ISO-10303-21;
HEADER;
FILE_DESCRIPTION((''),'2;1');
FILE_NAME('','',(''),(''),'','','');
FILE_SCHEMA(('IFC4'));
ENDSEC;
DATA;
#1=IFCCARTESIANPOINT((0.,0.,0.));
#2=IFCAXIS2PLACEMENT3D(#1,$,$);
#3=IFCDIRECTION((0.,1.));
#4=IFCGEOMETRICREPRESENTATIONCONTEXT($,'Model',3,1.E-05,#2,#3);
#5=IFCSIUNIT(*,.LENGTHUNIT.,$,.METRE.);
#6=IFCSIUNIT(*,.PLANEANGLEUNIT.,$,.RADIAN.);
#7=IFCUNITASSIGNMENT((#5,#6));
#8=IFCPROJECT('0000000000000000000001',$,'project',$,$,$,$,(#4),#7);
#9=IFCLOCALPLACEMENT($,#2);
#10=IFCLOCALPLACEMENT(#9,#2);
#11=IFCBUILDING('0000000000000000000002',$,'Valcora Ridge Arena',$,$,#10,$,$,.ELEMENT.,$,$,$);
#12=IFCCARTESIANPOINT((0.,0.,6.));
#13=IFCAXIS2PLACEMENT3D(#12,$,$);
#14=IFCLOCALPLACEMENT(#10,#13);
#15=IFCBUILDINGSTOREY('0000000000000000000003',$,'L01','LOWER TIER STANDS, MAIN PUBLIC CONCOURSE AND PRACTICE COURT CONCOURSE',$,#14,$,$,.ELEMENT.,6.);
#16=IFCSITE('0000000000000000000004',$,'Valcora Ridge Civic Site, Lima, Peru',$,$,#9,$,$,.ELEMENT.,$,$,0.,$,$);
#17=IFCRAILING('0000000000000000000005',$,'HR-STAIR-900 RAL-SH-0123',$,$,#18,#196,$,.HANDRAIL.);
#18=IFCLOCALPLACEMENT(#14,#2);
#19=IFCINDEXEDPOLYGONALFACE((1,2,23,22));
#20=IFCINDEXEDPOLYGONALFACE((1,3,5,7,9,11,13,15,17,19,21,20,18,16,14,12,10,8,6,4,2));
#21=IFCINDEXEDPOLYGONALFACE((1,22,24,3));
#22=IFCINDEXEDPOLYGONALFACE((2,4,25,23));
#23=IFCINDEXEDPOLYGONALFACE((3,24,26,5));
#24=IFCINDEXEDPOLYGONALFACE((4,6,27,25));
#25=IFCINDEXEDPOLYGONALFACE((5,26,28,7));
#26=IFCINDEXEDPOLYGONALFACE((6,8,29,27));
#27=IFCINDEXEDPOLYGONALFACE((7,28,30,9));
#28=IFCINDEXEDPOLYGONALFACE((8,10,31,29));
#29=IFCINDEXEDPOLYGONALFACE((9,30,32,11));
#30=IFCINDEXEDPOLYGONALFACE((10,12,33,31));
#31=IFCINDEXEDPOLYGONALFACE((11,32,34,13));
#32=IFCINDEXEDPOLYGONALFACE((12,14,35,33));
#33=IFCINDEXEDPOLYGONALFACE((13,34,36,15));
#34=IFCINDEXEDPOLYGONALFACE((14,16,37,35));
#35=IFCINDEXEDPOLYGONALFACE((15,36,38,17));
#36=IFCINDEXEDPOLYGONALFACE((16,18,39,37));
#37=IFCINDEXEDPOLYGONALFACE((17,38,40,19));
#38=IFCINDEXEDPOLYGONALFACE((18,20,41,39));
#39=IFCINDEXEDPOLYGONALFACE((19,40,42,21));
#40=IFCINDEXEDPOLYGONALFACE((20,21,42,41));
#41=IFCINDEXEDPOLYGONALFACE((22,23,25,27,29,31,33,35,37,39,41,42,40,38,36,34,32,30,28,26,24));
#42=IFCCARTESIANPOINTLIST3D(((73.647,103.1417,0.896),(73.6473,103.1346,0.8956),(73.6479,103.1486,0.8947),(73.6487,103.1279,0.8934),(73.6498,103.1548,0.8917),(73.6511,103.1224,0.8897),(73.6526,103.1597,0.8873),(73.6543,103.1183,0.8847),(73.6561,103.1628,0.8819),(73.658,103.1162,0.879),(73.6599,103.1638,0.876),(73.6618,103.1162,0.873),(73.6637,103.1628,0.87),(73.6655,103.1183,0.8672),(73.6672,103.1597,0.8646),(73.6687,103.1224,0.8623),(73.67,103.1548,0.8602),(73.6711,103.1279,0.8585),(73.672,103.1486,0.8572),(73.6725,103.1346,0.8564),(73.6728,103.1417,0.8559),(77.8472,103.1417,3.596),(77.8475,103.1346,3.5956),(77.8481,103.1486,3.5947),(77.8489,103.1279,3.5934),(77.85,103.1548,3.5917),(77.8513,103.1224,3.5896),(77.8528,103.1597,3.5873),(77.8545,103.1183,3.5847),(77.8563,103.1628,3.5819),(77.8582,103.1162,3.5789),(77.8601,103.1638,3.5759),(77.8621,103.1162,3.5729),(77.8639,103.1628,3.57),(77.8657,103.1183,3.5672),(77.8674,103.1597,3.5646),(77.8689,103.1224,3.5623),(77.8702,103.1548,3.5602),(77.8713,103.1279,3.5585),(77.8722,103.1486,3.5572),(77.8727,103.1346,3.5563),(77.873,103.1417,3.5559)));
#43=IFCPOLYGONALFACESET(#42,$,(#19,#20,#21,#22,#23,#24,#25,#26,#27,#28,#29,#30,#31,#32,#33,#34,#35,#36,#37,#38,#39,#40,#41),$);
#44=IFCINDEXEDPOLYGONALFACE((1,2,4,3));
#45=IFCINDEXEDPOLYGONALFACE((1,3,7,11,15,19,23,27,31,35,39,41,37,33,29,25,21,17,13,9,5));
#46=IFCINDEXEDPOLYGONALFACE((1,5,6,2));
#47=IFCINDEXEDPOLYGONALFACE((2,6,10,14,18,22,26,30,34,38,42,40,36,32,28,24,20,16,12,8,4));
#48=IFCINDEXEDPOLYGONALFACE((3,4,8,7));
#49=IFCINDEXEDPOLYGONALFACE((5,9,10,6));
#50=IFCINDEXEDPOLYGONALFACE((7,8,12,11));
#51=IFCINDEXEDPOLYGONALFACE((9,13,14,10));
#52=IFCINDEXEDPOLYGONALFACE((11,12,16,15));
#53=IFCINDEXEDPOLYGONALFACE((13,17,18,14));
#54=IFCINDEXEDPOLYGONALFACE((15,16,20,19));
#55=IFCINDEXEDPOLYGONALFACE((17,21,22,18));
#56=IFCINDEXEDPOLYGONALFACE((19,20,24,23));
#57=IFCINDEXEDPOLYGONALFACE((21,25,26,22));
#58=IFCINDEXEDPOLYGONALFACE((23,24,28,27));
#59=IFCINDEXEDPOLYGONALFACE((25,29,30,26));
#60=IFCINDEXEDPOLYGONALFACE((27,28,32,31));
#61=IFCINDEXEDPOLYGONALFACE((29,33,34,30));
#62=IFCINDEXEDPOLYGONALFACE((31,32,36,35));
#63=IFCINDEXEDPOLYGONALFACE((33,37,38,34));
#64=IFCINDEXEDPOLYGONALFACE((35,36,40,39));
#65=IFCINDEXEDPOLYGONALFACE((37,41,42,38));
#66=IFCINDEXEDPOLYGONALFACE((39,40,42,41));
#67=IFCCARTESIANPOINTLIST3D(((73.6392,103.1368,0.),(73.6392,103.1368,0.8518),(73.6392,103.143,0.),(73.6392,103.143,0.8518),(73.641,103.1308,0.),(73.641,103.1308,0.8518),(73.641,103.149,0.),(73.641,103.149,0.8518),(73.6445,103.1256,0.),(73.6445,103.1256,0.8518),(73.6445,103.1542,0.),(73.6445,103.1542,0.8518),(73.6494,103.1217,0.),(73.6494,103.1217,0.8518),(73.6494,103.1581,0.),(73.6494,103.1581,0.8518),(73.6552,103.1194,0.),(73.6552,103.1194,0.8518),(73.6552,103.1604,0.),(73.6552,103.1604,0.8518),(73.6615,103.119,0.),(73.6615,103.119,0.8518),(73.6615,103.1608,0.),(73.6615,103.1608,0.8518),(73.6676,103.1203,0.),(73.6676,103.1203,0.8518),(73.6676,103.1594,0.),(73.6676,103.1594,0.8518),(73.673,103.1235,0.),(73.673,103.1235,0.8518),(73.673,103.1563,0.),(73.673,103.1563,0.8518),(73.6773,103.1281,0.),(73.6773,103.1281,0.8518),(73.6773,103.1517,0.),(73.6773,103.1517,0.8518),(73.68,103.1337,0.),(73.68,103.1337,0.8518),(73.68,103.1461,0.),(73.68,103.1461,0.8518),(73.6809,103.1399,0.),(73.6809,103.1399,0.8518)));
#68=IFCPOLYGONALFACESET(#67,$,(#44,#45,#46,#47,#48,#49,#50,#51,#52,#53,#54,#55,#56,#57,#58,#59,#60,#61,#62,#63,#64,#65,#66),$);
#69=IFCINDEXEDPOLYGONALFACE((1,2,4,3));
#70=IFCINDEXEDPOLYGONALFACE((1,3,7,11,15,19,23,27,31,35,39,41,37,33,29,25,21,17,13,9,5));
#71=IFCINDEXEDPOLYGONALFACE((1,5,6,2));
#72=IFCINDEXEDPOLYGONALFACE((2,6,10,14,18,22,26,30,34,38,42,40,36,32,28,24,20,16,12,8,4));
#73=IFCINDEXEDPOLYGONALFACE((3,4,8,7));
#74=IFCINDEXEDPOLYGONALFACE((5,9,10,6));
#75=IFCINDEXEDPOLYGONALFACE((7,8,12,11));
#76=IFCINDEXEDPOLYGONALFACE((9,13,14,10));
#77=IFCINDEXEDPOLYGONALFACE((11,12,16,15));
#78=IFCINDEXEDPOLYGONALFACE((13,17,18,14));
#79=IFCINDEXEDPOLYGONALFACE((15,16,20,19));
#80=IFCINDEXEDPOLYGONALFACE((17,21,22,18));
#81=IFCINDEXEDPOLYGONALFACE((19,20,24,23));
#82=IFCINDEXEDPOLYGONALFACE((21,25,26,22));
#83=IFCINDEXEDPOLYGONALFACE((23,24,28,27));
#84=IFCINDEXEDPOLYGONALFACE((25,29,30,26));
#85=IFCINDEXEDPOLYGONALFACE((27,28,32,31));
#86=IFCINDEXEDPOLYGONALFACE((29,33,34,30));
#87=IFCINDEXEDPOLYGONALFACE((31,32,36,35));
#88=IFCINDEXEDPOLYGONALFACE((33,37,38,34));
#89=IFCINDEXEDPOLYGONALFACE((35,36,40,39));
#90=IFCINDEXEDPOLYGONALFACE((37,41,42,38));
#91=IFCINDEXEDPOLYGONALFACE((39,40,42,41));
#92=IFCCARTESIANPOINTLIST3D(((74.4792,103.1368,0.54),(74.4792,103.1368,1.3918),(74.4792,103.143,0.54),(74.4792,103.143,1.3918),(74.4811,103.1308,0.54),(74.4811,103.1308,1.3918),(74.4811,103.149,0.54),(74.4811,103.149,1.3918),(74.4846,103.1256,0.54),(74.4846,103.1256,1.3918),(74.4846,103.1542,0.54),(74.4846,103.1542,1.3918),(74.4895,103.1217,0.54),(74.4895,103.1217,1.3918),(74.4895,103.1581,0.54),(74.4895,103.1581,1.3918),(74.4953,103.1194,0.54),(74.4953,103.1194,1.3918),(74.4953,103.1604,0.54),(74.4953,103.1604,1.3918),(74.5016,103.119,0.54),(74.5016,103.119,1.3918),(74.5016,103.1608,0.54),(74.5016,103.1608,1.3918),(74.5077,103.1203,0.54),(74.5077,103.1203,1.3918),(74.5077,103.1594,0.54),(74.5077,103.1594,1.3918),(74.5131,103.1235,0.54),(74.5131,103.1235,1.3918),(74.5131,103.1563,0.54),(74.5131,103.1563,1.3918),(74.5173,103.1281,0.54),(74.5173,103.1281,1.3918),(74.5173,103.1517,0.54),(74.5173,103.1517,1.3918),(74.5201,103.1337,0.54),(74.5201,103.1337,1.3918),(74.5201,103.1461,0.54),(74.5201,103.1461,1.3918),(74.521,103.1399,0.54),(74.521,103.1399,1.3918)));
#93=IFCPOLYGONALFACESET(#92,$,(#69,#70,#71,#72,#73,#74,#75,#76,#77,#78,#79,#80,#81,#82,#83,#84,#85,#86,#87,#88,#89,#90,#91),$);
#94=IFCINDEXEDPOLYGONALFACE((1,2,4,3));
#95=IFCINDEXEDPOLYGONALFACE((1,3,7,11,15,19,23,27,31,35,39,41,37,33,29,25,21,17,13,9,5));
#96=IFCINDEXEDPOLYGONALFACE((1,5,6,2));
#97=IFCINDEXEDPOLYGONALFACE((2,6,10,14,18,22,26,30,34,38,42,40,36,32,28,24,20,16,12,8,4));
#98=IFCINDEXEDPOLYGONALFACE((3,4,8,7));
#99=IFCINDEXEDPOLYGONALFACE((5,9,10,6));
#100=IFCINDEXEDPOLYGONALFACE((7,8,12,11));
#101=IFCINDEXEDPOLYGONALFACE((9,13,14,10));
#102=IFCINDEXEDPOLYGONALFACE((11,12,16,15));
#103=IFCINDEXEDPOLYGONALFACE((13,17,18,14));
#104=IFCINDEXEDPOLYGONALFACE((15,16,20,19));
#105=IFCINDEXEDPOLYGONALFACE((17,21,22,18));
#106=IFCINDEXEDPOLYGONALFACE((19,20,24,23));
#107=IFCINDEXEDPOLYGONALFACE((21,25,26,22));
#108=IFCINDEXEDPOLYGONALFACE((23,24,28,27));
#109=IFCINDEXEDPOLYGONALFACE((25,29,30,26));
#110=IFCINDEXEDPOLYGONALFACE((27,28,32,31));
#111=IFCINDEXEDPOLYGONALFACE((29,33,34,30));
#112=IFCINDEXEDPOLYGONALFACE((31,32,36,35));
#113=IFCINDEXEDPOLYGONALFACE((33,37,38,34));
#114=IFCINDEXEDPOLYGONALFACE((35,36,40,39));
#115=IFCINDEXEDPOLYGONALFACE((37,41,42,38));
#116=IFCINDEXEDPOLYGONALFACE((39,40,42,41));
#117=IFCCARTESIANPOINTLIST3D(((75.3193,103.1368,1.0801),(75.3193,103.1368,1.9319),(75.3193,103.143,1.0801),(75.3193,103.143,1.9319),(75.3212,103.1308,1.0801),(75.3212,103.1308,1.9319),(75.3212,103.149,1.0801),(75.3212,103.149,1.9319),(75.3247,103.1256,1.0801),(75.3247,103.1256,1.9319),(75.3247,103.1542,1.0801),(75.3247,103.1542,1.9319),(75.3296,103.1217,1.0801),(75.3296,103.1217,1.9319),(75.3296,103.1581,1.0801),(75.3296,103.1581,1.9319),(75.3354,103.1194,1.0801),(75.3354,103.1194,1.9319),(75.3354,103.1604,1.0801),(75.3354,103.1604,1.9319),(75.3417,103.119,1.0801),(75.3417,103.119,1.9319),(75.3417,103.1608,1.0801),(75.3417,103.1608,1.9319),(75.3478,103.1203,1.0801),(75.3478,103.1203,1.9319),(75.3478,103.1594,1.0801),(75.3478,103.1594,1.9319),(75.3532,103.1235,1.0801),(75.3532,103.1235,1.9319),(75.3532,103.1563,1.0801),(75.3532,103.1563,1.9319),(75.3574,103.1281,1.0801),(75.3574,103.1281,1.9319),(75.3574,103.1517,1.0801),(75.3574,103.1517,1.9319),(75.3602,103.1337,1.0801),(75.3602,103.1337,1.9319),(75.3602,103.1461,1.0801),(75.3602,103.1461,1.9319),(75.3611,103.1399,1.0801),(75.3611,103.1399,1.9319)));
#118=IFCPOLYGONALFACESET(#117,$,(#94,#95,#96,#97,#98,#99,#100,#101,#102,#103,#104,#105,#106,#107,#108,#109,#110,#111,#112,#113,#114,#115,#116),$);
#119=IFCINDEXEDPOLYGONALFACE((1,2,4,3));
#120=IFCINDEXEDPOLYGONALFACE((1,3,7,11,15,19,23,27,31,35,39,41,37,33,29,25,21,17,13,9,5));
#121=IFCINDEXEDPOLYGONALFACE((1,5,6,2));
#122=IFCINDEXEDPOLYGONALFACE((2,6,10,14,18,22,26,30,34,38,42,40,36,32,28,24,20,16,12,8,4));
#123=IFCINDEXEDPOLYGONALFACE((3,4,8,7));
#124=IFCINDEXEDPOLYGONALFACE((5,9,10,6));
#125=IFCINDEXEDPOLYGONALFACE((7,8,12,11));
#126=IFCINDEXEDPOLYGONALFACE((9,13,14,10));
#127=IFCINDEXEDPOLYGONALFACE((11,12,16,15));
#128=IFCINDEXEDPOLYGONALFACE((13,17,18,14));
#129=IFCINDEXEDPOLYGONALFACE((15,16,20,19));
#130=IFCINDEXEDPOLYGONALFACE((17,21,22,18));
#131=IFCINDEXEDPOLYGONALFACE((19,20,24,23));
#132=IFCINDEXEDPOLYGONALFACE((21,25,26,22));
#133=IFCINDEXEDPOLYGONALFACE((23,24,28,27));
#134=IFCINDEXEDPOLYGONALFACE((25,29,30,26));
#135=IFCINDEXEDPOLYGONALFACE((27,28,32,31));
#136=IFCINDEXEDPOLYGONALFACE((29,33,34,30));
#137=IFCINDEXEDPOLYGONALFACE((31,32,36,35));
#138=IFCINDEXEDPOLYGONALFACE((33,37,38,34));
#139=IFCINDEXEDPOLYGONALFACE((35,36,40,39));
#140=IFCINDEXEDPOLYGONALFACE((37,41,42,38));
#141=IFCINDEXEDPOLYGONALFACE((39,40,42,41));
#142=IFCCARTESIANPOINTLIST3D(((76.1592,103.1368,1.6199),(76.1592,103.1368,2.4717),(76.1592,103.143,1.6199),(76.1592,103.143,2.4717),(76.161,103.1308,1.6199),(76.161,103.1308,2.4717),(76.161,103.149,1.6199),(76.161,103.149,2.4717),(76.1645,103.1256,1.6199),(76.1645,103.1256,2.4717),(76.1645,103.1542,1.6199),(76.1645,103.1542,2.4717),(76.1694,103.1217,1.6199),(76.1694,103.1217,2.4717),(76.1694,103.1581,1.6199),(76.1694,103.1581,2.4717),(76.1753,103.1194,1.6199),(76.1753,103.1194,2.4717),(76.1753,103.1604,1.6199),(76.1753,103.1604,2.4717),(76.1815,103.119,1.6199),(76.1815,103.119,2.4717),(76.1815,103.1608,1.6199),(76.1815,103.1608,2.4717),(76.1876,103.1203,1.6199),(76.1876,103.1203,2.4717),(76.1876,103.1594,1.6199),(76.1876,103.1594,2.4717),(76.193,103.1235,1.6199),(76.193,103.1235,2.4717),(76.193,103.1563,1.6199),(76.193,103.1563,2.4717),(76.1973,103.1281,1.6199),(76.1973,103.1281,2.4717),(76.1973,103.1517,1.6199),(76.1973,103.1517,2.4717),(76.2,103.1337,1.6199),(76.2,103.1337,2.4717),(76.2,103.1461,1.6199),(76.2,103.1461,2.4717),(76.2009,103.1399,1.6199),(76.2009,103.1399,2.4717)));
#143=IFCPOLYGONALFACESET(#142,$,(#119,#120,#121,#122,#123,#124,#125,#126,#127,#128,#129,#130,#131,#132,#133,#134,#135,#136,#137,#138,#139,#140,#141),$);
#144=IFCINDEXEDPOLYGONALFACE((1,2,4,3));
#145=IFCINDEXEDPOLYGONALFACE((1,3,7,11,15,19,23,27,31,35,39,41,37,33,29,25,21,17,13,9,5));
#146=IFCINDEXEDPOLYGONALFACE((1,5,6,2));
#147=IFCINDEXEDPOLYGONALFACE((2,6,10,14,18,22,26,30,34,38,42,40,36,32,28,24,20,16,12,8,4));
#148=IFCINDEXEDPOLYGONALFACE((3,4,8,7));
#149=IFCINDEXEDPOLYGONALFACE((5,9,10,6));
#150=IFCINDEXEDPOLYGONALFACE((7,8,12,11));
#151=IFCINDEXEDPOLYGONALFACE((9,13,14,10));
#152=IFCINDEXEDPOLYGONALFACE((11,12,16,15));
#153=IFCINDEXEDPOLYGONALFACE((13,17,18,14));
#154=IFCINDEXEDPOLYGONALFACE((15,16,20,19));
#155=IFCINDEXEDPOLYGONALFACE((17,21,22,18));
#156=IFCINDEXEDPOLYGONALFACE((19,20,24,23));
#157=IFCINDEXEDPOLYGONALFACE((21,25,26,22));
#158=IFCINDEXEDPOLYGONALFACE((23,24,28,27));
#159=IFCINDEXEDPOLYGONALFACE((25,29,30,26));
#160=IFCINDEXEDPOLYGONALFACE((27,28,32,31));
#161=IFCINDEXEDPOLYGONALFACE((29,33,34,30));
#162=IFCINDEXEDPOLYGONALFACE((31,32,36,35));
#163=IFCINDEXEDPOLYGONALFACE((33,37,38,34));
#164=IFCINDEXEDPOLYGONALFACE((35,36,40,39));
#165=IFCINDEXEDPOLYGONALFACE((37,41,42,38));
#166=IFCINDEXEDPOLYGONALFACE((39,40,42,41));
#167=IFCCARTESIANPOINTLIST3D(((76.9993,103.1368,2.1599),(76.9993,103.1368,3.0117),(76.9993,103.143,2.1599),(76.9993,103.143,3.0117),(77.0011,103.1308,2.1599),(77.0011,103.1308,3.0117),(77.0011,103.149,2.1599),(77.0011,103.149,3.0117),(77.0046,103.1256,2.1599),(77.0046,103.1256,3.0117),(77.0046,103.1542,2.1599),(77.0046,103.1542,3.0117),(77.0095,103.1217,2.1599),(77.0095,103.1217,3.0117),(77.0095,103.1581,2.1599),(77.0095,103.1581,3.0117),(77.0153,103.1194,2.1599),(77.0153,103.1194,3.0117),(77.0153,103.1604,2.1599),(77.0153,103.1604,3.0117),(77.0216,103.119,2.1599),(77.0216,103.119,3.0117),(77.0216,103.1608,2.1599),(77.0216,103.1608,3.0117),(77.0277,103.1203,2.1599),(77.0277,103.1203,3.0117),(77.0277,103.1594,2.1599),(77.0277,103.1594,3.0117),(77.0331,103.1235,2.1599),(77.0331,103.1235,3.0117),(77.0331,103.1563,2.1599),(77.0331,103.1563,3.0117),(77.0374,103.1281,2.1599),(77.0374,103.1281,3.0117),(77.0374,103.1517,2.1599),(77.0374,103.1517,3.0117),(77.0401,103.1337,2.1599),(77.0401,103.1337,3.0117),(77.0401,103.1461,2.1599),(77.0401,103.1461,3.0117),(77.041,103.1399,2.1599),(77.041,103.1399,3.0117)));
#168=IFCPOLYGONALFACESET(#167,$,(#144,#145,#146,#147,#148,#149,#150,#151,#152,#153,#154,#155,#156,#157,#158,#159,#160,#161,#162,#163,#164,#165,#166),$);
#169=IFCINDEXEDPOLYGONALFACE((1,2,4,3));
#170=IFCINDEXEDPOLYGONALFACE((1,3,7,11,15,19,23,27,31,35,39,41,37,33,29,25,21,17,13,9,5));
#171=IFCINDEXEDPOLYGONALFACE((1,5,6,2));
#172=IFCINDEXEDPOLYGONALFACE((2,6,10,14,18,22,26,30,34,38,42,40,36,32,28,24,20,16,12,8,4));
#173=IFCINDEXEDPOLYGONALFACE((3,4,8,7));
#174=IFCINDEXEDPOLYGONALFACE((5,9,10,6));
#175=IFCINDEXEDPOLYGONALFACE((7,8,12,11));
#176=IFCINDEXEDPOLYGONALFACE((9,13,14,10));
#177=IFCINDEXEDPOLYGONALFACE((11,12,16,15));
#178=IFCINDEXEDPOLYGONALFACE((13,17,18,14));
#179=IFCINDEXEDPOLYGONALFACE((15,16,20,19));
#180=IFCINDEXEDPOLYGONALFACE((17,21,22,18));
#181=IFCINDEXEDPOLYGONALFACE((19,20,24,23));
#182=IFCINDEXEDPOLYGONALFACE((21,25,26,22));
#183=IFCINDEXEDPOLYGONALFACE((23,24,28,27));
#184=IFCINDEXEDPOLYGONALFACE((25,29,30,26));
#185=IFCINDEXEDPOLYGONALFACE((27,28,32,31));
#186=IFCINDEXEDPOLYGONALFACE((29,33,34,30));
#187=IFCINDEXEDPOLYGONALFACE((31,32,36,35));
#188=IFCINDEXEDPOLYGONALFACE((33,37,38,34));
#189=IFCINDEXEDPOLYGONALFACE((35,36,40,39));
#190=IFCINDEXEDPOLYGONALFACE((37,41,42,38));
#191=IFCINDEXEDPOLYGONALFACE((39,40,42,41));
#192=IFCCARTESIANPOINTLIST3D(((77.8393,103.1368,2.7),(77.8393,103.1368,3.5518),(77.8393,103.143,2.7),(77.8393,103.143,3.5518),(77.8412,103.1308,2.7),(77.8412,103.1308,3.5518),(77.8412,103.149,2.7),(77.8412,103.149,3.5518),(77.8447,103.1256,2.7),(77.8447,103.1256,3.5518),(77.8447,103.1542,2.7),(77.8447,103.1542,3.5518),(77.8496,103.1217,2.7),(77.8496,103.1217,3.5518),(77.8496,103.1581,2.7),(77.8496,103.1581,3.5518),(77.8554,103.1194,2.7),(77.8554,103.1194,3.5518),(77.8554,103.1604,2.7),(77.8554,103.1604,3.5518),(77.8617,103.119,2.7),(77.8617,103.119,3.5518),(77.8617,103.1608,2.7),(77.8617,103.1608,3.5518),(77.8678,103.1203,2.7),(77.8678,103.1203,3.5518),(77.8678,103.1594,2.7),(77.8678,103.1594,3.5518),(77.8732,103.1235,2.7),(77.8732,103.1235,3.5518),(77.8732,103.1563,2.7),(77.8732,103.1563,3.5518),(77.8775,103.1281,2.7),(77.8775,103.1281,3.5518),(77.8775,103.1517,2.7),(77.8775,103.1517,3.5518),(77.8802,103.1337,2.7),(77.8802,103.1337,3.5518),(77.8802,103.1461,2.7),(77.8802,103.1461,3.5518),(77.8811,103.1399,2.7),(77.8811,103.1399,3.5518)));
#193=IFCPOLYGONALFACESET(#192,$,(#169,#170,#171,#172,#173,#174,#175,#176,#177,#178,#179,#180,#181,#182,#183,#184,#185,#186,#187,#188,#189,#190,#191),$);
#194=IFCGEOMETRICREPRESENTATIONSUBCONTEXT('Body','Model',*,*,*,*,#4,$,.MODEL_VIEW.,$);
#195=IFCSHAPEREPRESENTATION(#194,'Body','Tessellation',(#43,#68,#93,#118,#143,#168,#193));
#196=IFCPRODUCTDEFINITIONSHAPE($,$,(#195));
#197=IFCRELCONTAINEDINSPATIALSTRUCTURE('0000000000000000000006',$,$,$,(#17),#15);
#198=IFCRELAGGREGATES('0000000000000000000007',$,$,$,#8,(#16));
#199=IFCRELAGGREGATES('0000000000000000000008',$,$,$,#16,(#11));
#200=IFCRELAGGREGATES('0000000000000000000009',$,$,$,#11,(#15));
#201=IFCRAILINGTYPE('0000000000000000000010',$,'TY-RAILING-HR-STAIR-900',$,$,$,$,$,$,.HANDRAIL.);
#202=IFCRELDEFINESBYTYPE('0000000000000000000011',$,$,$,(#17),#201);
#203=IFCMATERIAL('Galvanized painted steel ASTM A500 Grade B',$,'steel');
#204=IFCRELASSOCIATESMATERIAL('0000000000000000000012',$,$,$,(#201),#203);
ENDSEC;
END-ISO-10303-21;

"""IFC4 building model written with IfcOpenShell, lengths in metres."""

from ifc_helpers import new_model, si_unit, direction, frame, origin, origin_2d, place, context, subcontext, project, spatial, circle, extrude, material, type_object, element, save


model = new_model("IFC4")

# Units and contexts
model_context = context("Model", 3, precision=1e-05, world=origin(), true_north=direction((0.0, 1.0)))
body_context = subcontext(model_context, "Body", "Model", "MODEL_VIEW")
ifc_project = project(units=[si_unit("LENGTHUNIT", "METRE"), si_unit("PLANEANGLEUNIT", "RADIAN")], contexts=[model_context])

# Site, building, storey
site_placement = place(None, origin())
site = spatial("IfcSite", under=ifc_project, at=site_placement, Name="Valcora Ridge Civic Site, Lima, Peru", CompositionType="ELEMENT", RefElevation=0.0)
building_placement = place(site_placement, origin())
building = spatial("IfcBuilding", under=site, at=building_placement, Name="Valcora Ridge Arena", CompositionType="ELEMENT")
storey_placement = place(building_placement, frame((0.0, 0.0, 6.0)))
storey = spatial("IfcBuildingStorey", under=building, at=storey_placement, Name="L01", Description="LOWER TIER STANDS, MAIN PUBLIC CONCOURSE AND PRACTICE COURT CONCOURSE", CompositionType="ELEMENT", Elevation=6.0)

# Railing
ifc_material_1 = material(Name="Galvanized painted steel ASTM A500 Grade B", Category="steel")
railing_type_1 = type_object("IfcRailingType", Name="TY-RAILING-HR-STAIR-900", PredefinedType="HANDRAIL", material=ifc_material_1)
railing_1_placement = place(storey_placement, frame((73.6599, 103.1399, 0.0)))
element("IfcRailing", 1, at=railing_1_placement, inside=storey, type_object=railing_type_1, Name="HR-STAIR-900 RAL-SH-0123", PredefinedType="HANDRAIL", context=body_context, shape_type="SweptSolid", body=[
    extrude(circle(Radius=0.0239, at=origin_2d()), frame((0.0, 0.0, 0.876), z_axis=(0.841194, 0.0, 0.540733), x_axis=(0.0, 1.0, 0.0)), (0.0, 0.0, 1.0), 4.9932),
    extrude(circle(Radius=0.021, at=origin_2d()), origin(), (0.0, 0.0, 1.0), 0.8518),
    extrude(circle(Radius=0.021, at=origin_2d()), frame((0.8401, 0.0, 0.54)), (0.0, 0.0, 1.0), 0.8518),
    extrude(circle(Radius=0.021, at=origin_2d()), frame((1.6802, 0.0, 1.0801)), (0.0, 0.0, 1.0), 0.8518),
    extrude(circle(Radius=0.021, at=origin_2d()), frame((2.52, 0.0, 1.6199)), (0.0, 0.0, 1.0), 0.8518),
    extrude(circle(Radius=0.021, at=origin_2d()), frame((3.3601, 0.0, 2.1599)), (0.0, 0.0, 1.0), 0.8518),
    extrude(circle(Radius=0.021, at=origin_2d()), frame((4.2002, 0.0, 2.7)), (0.0, 0.0, 1.0), 0.8518),
])

save(model, "model.ifc")
